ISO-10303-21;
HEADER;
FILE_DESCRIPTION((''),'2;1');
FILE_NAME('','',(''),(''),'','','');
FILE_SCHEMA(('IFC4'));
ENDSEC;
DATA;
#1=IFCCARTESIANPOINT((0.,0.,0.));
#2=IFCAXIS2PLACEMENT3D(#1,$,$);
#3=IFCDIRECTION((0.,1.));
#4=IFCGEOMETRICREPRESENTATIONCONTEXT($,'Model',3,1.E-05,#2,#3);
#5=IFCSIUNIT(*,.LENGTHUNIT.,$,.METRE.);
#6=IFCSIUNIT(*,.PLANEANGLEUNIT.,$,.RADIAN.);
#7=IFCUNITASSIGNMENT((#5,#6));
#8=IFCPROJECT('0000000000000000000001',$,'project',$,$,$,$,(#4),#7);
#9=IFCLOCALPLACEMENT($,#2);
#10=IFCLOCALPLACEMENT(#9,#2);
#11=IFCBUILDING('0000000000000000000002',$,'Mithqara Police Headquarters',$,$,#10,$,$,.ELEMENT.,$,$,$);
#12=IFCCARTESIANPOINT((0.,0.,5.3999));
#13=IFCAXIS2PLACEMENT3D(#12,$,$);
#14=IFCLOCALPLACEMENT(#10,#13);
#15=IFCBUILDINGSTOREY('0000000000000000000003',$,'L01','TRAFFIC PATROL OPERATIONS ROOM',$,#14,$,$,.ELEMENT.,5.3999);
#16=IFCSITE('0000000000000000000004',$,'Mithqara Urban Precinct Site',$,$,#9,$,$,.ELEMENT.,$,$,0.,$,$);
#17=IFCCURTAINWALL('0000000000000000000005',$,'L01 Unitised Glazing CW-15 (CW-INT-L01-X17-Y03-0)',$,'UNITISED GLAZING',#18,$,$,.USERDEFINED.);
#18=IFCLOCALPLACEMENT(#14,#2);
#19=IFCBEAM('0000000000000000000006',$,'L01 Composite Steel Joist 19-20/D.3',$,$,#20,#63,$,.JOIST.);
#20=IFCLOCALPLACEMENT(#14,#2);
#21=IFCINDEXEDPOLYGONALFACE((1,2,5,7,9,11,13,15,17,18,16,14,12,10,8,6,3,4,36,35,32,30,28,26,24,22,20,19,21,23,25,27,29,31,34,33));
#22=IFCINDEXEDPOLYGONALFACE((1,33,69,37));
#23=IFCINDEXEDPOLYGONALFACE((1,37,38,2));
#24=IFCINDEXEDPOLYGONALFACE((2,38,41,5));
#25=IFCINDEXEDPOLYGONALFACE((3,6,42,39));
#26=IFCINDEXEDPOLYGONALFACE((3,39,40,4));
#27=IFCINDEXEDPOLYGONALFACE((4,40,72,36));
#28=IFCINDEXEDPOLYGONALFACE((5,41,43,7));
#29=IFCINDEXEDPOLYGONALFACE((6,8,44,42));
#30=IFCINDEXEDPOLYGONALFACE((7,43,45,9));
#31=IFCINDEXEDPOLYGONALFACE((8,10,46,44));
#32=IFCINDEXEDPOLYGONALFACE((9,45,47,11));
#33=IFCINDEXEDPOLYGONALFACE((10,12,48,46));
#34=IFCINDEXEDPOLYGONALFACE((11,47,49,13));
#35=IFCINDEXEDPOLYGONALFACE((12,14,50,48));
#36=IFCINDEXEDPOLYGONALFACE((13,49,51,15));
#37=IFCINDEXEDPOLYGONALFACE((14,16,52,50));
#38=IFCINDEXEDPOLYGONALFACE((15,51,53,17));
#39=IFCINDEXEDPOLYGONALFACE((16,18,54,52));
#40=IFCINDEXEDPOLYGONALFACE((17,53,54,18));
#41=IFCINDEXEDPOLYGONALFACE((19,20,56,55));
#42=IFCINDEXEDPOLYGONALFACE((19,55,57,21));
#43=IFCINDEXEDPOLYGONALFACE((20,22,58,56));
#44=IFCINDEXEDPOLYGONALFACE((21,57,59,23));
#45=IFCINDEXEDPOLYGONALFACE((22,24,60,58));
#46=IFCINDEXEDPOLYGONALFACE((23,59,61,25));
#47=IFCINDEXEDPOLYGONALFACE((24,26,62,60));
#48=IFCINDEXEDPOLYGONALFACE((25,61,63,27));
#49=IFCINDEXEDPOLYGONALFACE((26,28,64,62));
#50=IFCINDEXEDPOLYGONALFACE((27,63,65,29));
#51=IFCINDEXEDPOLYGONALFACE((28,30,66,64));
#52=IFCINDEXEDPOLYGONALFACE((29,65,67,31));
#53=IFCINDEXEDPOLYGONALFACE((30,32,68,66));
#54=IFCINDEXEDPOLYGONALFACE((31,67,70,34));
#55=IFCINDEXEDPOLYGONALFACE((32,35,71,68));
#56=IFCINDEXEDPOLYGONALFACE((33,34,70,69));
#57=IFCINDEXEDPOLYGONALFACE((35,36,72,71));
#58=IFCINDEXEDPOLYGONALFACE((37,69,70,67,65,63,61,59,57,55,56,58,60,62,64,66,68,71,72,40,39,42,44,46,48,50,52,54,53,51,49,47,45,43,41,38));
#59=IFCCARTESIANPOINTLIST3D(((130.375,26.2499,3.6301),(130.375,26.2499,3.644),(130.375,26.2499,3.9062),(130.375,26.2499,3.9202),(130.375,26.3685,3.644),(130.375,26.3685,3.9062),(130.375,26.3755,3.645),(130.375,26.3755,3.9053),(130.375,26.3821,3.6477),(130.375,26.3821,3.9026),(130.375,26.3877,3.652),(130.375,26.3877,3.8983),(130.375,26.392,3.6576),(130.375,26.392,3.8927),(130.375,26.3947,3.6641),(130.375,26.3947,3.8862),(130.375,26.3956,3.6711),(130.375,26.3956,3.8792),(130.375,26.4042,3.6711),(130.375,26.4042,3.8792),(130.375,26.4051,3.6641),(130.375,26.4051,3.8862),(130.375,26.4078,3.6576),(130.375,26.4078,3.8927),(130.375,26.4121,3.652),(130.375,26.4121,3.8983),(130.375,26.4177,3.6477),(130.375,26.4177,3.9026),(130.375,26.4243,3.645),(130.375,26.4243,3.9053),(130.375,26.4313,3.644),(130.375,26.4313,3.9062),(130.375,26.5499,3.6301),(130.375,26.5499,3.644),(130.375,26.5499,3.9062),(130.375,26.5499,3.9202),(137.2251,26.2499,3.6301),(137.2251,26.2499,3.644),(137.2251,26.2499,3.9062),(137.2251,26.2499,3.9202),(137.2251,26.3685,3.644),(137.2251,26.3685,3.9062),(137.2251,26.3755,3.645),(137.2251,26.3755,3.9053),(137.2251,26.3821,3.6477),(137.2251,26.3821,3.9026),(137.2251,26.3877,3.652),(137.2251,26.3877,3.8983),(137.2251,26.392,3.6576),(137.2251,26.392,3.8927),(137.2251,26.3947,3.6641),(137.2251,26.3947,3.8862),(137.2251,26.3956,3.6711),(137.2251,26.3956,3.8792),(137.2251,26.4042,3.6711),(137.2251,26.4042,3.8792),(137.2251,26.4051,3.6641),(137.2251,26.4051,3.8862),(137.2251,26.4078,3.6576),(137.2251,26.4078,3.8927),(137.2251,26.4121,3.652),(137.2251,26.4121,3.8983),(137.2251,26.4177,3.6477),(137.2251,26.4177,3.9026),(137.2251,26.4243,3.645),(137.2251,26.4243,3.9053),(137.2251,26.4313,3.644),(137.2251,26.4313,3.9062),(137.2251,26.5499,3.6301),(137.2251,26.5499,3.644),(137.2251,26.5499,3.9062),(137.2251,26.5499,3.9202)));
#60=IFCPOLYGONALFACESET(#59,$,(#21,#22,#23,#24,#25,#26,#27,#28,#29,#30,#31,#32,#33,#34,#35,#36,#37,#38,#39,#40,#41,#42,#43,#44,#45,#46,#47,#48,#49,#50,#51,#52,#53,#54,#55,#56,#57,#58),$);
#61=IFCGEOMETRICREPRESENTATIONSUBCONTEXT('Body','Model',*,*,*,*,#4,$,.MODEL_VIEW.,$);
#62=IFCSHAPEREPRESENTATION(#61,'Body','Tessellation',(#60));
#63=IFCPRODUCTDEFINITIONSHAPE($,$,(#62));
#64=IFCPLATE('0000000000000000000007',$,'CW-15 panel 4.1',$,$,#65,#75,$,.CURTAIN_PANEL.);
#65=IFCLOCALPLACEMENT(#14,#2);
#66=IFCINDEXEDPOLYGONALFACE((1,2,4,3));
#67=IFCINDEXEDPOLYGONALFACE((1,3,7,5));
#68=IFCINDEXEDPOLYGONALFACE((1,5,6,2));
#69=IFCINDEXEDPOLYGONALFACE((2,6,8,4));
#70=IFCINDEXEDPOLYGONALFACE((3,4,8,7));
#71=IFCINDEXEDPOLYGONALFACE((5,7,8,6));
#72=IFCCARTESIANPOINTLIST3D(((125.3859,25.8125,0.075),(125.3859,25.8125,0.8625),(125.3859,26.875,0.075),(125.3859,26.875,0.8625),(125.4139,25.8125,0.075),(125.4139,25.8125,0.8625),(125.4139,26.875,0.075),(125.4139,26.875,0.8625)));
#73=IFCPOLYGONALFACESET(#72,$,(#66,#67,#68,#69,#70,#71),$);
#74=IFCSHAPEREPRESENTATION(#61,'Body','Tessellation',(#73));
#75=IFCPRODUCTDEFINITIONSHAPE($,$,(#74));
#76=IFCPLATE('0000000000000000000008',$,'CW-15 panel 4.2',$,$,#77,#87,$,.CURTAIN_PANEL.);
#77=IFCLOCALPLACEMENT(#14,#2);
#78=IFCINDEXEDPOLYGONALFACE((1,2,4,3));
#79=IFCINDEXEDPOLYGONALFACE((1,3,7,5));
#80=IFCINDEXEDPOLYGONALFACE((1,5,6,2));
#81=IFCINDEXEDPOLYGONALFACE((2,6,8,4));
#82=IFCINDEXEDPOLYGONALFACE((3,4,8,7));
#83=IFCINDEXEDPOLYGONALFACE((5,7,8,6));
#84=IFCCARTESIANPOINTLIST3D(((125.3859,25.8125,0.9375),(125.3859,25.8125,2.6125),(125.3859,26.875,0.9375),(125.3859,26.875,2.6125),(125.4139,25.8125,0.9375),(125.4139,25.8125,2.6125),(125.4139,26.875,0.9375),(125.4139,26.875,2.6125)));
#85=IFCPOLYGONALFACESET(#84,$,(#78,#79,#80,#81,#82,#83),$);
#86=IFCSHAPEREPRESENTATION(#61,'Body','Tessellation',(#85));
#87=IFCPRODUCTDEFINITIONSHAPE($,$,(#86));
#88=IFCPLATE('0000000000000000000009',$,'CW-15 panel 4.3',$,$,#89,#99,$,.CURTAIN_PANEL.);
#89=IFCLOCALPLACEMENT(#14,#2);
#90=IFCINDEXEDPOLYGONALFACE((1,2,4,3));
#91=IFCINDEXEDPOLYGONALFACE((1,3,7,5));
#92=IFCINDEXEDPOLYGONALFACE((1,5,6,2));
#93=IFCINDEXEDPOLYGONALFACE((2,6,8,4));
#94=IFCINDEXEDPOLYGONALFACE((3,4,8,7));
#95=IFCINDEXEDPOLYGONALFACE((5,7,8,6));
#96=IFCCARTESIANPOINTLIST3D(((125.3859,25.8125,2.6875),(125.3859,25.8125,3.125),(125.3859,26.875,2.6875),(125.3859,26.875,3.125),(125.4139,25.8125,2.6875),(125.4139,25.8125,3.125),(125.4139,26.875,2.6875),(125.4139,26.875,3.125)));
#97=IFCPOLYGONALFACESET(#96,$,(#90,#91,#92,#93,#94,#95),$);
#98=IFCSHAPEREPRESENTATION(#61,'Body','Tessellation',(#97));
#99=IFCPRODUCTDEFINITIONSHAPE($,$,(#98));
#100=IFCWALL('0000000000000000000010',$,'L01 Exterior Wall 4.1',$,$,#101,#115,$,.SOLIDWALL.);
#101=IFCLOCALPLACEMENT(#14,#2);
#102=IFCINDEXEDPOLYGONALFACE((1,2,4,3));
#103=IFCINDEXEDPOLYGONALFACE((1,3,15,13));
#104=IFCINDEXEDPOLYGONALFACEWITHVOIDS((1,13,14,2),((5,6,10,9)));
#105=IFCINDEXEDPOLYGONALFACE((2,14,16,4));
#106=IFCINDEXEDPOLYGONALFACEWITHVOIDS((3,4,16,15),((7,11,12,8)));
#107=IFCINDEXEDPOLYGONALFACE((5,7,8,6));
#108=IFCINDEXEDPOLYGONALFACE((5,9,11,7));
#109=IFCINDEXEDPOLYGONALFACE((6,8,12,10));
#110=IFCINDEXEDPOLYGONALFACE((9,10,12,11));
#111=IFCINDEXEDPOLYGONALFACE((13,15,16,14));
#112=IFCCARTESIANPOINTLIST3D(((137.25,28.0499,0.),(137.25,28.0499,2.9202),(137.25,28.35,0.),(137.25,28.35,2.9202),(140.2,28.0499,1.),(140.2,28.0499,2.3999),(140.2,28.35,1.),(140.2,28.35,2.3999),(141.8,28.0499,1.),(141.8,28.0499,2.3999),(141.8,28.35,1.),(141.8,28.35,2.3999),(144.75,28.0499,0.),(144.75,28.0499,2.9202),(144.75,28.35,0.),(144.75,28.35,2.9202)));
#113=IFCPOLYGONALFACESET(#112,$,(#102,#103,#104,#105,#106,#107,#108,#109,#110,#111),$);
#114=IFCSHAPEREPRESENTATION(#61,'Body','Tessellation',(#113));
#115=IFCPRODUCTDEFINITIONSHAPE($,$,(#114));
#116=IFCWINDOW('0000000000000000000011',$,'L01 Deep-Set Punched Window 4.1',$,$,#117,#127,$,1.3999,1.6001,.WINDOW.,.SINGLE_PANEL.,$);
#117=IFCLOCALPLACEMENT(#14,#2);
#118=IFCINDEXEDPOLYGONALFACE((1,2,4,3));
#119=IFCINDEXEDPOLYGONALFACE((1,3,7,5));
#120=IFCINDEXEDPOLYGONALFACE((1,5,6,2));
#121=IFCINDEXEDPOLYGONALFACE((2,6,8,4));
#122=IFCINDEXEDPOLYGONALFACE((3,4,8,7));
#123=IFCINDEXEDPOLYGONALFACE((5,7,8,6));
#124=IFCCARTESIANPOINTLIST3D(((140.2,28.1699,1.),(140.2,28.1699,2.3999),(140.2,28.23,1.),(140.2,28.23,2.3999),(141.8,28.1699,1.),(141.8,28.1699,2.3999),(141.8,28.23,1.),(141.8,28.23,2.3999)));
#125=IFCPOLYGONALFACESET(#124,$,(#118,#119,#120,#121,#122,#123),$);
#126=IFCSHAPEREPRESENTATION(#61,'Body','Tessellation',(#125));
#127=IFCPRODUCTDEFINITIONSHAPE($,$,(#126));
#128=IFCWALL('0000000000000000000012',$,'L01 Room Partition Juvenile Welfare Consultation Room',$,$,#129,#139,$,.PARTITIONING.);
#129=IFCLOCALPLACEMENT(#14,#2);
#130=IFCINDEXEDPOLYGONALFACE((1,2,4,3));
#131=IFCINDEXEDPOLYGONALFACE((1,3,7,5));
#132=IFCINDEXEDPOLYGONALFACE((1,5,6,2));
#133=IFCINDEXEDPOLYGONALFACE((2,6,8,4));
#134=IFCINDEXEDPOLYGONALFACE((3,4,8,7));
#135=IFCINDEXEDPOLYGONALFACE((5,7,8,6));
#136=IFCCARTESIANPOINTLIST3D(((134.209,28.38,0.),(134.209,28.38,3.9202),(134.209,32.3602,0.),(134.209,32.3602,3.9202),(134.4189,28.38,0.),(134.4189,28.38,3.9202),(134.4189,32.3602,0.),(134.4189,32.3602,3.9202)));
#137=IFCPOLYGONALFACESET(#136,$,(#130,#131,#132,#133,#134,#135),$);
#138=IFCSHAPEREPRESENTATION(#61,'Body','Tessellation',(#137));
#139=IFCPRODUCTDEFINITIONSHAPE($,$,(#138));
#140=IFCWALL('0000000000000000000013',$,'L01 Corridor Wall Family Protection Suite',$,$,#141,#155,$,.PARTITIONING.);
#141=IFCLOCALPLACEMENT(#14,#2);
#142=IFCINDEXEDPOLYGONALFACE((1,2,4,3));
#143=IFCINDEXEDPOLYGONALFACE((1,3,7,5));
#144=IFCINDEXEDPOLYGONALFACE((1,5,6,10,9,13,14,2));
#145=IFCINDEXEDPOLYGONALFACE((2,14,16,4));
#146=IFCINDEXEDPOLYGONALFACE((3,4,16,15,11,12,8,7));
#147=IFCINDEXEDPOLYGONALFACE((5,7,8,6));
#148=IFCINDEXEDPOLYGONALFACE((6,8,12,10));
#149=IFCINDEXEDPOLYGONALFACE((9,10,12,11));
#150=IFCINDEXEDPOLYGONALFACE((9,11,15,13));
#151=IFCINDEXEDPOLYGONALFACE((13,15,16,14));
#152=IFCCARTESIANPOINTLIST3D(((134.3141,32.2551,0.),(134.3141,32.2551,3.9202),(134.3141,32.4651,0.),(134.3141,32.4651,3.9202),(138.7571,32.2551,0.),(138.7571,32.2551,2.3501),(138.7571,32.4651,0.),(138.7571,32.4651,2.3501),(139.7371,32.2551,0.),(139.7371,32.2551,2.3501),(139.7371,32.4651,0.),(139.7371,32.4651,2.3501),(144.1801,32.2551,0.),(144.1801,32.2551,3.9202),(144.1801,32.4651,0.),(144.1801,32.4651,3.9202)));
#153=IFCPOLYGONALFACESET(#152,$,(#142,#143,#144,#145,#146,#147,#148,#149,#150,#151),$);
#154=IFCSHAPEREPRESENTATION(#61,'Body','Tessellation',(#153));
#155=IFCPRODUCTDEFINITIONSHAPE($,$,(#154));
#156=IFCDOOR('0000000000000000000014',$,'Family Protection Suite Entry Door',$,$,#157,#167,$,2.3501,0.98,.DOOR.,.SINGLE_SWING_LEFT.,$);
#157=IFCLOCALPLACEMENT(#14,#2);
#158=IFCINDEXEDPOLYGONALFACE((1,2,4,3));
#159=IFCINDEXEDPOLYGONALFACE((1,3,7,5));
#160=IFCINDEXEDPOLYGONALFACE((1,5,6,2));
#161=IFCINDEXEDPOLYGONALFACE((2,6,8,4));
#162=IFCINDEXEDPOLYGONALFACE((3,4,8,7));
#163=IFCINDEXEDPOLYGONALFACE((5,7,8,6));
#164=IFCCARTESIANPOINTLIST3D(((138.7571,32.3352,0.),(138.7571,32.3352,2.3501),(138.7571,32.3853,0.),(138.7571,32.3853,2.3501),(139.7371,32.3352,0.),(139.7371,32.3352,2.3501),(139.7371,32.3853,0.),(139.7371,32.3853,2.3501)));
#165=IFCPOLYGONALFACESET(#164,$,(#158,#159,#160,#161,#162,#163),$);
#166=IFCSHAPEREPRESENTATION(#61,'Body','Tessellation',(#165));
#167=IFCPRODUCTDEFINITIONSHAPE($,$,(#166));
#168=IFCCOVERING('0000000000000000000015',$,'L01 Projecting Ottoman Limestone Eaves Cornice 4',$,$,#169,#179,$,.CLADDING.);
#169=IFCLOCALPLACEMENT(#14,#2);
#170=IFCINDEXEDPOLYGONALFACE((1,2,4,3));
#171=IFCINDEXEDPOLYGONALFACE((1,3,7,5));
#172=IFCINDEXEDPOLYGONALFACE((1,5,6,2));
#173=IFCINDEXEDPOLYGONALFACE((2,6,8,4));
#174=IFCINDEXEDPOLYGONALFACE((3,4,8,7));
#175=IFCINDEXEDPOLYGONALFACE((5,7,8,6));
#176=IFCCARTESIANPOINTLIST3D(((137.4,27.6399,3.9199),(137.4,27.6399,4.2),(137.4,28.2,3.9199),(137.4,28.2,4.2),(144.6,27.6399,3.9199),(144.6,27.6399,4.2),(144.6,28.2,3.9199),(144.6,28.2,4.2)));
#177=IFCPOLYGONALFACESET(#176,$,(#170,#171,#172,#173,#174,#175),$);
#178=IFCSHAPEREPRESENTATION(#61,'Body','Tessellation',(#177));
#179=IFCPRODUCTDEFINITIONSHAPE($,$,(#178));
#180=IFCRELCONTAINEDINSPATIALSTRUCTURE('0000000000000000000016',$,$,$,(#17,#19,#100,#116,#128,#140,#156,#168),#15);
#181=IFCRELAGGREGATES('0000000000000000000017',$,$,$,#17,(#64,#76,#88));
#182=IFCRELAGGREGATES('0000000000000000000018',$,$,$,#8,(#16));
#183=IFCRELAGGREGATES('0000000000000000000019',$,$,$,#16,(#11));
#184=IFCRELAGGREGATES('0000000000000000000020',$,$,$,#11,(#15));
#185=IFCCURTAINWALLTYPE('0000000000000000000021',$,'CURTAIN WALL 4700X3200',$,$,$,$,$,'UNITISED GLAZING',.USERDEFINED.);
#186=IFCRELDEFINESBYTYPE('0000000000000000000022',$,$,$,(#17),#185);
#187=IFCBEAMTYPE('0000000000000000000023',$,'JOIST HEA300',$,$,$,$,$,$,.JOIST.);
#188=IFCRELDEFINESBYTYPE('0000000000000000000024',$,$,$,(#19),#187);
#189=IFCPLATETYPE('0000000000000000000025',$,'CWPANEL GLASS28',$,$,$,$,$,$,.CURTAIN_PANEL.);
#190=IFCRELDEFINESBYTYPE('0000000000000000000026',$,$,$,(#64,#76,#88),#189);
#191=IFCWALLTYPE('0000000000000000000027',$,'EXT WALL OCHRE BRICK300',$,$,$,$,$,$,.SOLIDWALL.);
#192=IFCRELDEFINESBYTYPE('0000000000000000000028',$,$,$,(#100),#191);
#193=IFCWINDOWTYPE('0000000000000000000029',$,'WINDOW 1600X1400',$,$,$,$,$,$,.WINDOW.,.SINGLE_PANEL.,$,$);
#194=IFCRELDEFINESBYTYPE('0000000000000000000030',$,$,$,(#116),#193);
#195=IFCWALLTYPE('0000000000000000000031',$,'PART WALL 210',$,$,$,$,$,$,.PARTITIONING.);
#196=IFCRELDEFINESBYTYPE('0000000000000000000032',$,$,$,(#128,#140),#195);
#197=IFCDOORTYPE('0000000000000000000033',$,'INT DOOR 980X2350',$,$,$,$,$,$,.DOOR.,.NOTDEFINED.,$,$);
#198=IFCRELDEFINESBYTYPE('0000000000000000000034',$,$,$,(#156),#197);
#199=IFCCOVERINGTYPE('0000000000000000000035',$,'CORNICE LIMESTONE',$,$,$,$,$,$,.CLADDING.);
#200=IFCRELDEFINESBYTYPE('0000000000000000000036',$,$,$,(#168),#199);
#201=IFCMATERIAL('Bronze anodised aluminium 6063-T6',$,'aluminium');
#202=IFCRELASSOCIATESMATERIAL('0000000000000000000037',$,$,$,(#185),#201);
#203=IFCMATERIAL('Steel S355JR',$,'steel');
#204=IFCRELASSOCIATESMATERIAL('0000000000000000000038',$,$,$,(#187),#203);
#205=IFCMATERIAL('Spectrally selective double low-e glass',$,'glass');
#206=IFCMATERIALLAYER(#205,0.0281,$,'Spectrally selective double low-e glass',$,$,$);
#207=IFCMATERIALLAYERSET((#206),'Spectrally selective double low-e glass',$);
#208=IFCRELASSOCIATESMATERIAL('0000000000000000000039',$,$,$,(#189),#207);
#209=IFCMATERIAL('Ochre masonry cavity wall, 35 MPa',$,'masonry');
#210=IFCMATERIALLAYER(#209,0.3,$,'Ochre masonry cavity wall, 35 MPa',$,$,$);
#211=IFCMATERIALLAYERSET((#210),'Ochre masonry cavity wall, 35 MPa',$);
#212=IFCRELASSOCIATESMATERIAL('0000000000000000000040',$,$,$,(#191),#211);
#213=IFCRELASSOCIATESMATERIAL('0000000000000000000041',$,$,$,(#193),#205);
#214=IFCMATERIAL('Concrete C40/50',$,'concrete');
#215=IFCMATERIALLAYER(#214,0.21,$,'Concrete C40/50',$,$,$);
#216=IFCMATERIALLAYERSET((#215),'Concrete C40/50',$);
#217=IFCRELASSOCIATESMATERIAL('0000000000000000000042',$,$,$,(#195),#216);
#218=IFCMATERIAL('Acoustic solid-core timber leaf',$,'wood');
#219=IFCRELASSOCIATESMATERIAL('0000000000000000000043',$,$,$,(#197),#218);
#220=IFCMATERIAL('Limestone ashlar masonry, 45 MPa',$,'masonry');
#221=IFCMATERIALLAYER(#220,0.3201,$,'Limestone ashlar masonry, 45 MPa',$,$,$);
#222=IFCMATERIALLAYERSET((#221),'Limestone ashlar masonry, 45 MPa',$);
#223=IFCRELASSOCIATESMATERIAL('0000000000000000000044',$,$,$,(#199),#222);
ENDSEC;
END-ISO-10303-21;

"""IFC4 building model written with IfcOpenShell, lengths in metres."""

from ifc_helpers import new_model, si_unit, direction, frame, frame_2d, origin, origin_2d, place, context, subcontext, project, spatial, rectangle, i_section, extrude, material, layer, layer_set, material_profile, profile_set, type_object, element, fill, aggregate, save


model = new_model("IFC4")

# Units and contexts
model_context = context("Model", 3, precision=1e-05, world=origin(), true_north=direction((0.0, 1.0)))
body_context = subcontext(model_context, "Body", "Model", "MODEL_VIEW")
ifc_project = project(units=[si_unit("LENGTHUNIT", "METRE"), si_unit("PLANEANGLEUNIT", "RADIAN")], contexts=[model_context])

# Site, building, storey
site_placement = place(None, origin())
site = spatial("IfcSite", under=ifc_project, at=site_placement, Name="Mithqara Urban Precinct Site", CompositionType="ELEMENT", RefElevation=0.0)
building_placement = place(site_placement, origin())
building = spatial("IfcBuilding", under=site, at=building_placement, Name="Mithqara Police Headquarters", CompositionType="ELEMENT")
storey_placement = place(building_placement, frame((0.0, 0.0, 5.3999)))
storey = spatial("IfcBuildingStorey", under=building, at=storey_placement, Name="L01", Description="TRAFFIC PATROL OPERATIONS ROOM", CompositionType="ELEMENT", Elevation=5.3999)

# Shared definitions
ifc_material_1 = material(Name="Steel S355JR", Category="steel")
ifc_material_2 = material(Name="Concrete C40/50", Category="concrete")

# Curtain wall
ifc_material_3 = material(Name="Bronze anodised aluminium 6063-T6", Category="aluminium")
curtain_wall_type = type_object("IfcCurtainWallType", Name="CURTAIN WALL 4700X3200", ElementType="UNITISED GLAZING", PredefinedType="USERDEFINED", material=ifc_material_3)
curtain_wall_placement = place(storey_placement, origin())
curtain_wall = element("IfcCurtainWall", 1, at=curtain_wall_placement, inside=storey, type_object=curtain_wall_type, Name="L01 Unitised Glazing CW-15 (CW-INT-L01-X17-Y03-0)", ObjectType="UNITISED GLAZING", PredefinedType="USERDEFINED")

# Beam
ifc_material_profile_1 = material_profile(ifc_material_1, i_section(OverallWidth=0.3, OverallDepth=0.29, WebThickness=0.0085, FlangeThickness=0.0139, FilletRadius=0.0271, at=origin_2d()), Name="HEA 300")
ifc_profile_set_1 = profile_set([ifc_material_profile_1], Name="Steel S355JR")
beam_type_1 = type_object("IfcBeamType", Name="JOIST HEA300", PredefinedType="JOIST", material=ifc_profile_set_1)
beam_1_placement = place(storey_placement, frame((130.375, 26.3999, 3.7751), z_axis=(1.0, 0.0, 0.0), x_axis=(0.0, 1.0, 0.0)))
element("IfcBeam", 2, at=beam_1_placement, inside=storey, type_object=beam_type_1, Name="L01 Composite Steel Joist 19-20/D.3", PredefinedType="JOIST", context=body_context, shape_type="SweptSolid", body=[
    extrude(i_section(OverallWidth=0.3, OverallDepth=0.29, WebThickness=0.0085, FlangeThickness=0.0139, FilletRadius=0.0271, at=origin_2d()), origin(), (0.0, 0.0, 1.0), 6.8501),
])

# Plates
ifc_material_4 = material(Name="Spectrally selective double low-e glass", Category="glass")
ifc_layer_1 = layer(ifc_material_4, 0.0281, Name="Spectrally selective double low-e glass")
ifc_layer_set_1 = layer_set([ifc_layer_1], Name="Spectrally selective double low-e glass")
plate_type = type_object("IfcPlateType", Name="CWPANEL GLASS28", PredefinedType="CURTAIN_PANEL", material=ifc_layer_set_1)
plate_1_placement = place(storey_placement, frame((125.3999, 26.3438, 0.075), z_axis=(0.0, 0.0, 1.0), x_axis=(0.0, 1.0, 0.0)))
plate_1 = element("IfcPlate", 3, at=plate_1_placement, type_object=plate_type, Name="CW-15 panel 4.1", PredefinedType="CURTAIN_PANEL", context=body_context, shape_type="SweptSolid", body=[
    extrude(rectangle(XDim=1.0625, YDim=0.0281, at=origin_2d()), origin(), (0.0, 0.0, 1.0), 0.7876),
])
plate_2_placement = place(storey_placement, frame((125.3999, 26.3438, 0.9375), z_axis=(0.0, 0.0, 1.0), x_axis=(0.0, 1.0, 0.0)))
plate_2 = element("IfcPlate", 4, at=plate_2_placement, type_object=plate_type, Name="CW-15 panel 4.2", PredefinedType="CURTAIN_PANEL", context=body_context, shape_type="SweptSolid", body=[
    extrude(rectangle(XDim=1.0625, YDim=0.0281, at=origin_2d()), origin(), (0.0, 0.0, 1.0), 1.675),
])
plate_3_placement = place(storey_placement, frame((125.3999, 26.3438, 2.6875), z_axis=(0.0, 0.0, 1.0), x_axis=(0.0, 1.0, 0.0)))
plate_3 = element("IfcPlate", 5, at=plate_3_placement, type_object=plate_type, Name="CW-15 panel 4.3", PredefinedType="CURTAIN_PANEL", context=body_context, shape_type="SweptSolid", body=[
    extrude(rectangle(XDim=1.0625, YDim=0.0281, at=origin_2d()), origin(), (0.0, 0.0, 1.0), 0.4375),
])
aggregate(curtain_wall, [plate_1, plate_2, plate_3])

# Wall, opening, window
ifc_material_5 = material(Name="Ochre masonry cavity wall, 35 MPa", Category="masonry")
ifc_layer_2 = layer(ifc_material_5, 0.3, Name="Ochre masonry cavity wall, 35 MPa")
ifc_layer_set_2 = layer_set([ifc_layer_2], Name="Ochre masonry cavity wall, 35 MPa")
wall_type_1 = type_object("IfcWallType", Name="EXT WALL OCHRE BRICK300", PredefinedType="SOLIDWALL", material=ifc_layer_set_2)
wall_1_placement = place(storey_placement, frame((137.25, 28.2, 0.0), z_axis=(0.0, 0.0, 1.0), x_axis=(1.0, 0.0, 0.0)))
wall_1 = element("IfcWall", 6, at=wall_1_placement, inside=storey, type_object=wall_type_1, Name="L01 Exterior Wall 4.1", PredefinedType="SOLIDWALL", context=body_context, shape_type="SweptSolid", body=[
    extrude(rectangle(XDim=7.5, YDim=0.3, at=frame_2d((3.75, 0.0))), origin(), (0.0, 0.0, 1.0), 2.9202),
])
opening_1_placement = place(wall_1_placement, frame((2.95, 0.0, 1.0)))
opening_1 = element("IfcOpeningElement", 7, at=opening_1_placement, cuts=wall_1, PredefinedType="OPENING", context=body_context, shape_type="SweptSolid", body=[
    extrude(rectangle(XDim=1.6001, YDim=1.3999, at=frame_2d((0.8, 0.7))), frame((0.0, 0.1602, 0.0), z_axis=(0.0, -1.0, 0.0), x_axis=(1.0, 0.0, 0.0)), (0.0, 0.0, 1.0), 0.3201),
])
window_type = type_object("IfcWindowType", Name="WINDOW 1600X1400", PartitioningType="SINGLE_PANEL", PredefinedType="WINDOW", material=ifc_material_4)
window_placement = place(opening_1_placement, origin())
window = element("IfcWindow", 8, at=window_placement, inside=storey, type_object=window_type, Name="L01 Deep-Set Punched Window 4.1", OverallHeight=1.3999, OverallWidth=1.6001, PartitioningType="SINGLE_PANEL", PredefinedType="WINDOW", context=body_context, shape_type="SweptSolid", body=[
    extrude(rectangle(XDim=1.6001, YDim=1.3999, at=frame_2d((0.8, 0.7))), frame((0.0, 0.03, 0.0), z_axis=(0.0, -1.0, 0.0), x_axis=(1.0, 0.0, 0.0)), (0.0, 0.0, 1.0), 0.0601),
])
fill(opening_1, window)

# Wall
ifc_layer_3 = layer(ifc_material_2, 0.21, Name="Concrete C40/50")
ifc_layer_set_3 = layer_set([ifc_layer_3], Name="Concrete C40/50")
wall_type_2 = type_object("IfcWallType", Name="PART WALL 210", PredefinedType="PARTITIONING", material=ifc_layer_set_3)
wall_2_placement = place(storey_placement, frame((134.314, 28.3799, 0.0), z_axis=(0.0, 0.0, 1.0), x_axis=(0.0, 1.0, 0.0)))
element("IfcWall", 9, at=wall_2_placement, inside=storey, type_object=wall_type_2, Name="L01 Room Partition Juvenile Welfare Consultation Room", PredefinedType="PARTITIONING", context=body_context, shape_type="SweptSolid", body=[
    extrude(rectangle(XDim=3.9802, YDim=0.21, at=frame_2d((1.9902, 0.0))), origin(), (0.0, 0.0, 1.0), 3.9202),
])

# Wall, opening, door
wall_3_placement = place(storey_placement, frame((134.314, 32.3601, 0.0), z_axis=(0.0, 0.0, 1.0), x_axis=(1.0, 0.0, 0.0)))
wall_3 = element("IfcWall", 10, at=wall_3_placement, inside=storey, type_object=wall_type_2, Name="L01 Corridor Wall Family Protection Suite", PredefinedType="PARTITIONING", context=body_context, shape_type="SweptSolid", body=[
    extrude(rectangle(XDim=9.866, YDim=0.21, at=frame_2d((4.9331, 0.0))), origin(), (0.0, 0.0, 1.0), 3.9202),
])
opening_2_placement = place(wall_3_placement, frame((4.4431, 0.0, 0.0)))
opening_2 = element("IfcOpeningElement", 11, at=opening_2_placement, cuts=wall_3, PredefinedType="OPENING", context=body_context, shape_type="SweptSolid", body=[
    extrude(rectangle(XDim=0.98, YDim=2.3501, at=frame_2d((0.49, 1.175))), frame((0.0, 0.115, 0.0), z_axis=(0.0, -1.0, 0.0), x_axis=(1.0, 0.0, 0.0)), (0.0, 0.0, 1.0), 0.23),
])
ifc_material_6 = material(Name="Acoustic solid-core timber leaf", Category="wood")
door_type = type_object("IfcDoorType", Name="INT DOOR 980X2350", OperationType="NOTDEFINED", PredefinedType="DOOR", material=ifc_material_6)
door_placement = place(opening_2_placement, frame((0.98, 0.0, 0.0), z_axis=(0.0, 0.0, 1.0), x_axis=(-1.0, 0.0, 0.0)))
door = element("IfcDoor", 12, at=door_placement, inside=storey, type_object=door_type, Name="Family Protection Suite Entry Door", OperationType="SINGLE_SWING_LEFT", OverallHeight=2.3501, OverallWidth=0.98, PredefinedType="DOOR", context=body_context, shape_type="SweptSolid", body=[
    extrude(rectangle(XDim=0.98, YDim=2.3501, at=frame_2d((0.49, 1.175))), frame((0.0, 0.0249, 0.0), z_axis=(0.0, -1.0, 0.0), x_axis=(1.0, 0.0, 0.0)), (0.0, 0.0, 1.0), 0.05),
])
fill(opening_2, door)

# Covering
ifc_material_7 = material(Name="Limestone ashlar masonry, 45 MPa", Category="masonry")
ifc_layer_4 = layer(ifc_material_7, 0.3201, Name="Limestone ashlar masonry, 45 MPa")
ifc_layer_set_4 = layer_set([ifc_layer_4], Name="Limestone ashlar masonry, 45 MPa")
covering_type_1 = type_object("IfcCoveringType", Name="CORNICE LIMESTONE", PredefinedType="CLADDING", material=ifc_layer_set_4)
covering_1_placement = place(storey_placement, frame((141.0, 27.9199, 3.9199), z_axis=(0.0, 0.0, 1.0), x_axis=(1.0, 0.0, 0.0)))
element("IfcCovering", 13, at=covering_1_placement, inside=storey, type_object=covering_type_1, Name="L01 Projecting Ottoman Limestone Eaves Cornice 4", PredefinedType="CLADDING", context=body_context, shape_type="SweptSolid", body=[
    extrude(rectangle(XDim=7.2, YDim=0.5601, at=origin_2d()), origin(), (0.0, 0.0, 1.0), 0.28),
])

save(model, "model.ifc")
